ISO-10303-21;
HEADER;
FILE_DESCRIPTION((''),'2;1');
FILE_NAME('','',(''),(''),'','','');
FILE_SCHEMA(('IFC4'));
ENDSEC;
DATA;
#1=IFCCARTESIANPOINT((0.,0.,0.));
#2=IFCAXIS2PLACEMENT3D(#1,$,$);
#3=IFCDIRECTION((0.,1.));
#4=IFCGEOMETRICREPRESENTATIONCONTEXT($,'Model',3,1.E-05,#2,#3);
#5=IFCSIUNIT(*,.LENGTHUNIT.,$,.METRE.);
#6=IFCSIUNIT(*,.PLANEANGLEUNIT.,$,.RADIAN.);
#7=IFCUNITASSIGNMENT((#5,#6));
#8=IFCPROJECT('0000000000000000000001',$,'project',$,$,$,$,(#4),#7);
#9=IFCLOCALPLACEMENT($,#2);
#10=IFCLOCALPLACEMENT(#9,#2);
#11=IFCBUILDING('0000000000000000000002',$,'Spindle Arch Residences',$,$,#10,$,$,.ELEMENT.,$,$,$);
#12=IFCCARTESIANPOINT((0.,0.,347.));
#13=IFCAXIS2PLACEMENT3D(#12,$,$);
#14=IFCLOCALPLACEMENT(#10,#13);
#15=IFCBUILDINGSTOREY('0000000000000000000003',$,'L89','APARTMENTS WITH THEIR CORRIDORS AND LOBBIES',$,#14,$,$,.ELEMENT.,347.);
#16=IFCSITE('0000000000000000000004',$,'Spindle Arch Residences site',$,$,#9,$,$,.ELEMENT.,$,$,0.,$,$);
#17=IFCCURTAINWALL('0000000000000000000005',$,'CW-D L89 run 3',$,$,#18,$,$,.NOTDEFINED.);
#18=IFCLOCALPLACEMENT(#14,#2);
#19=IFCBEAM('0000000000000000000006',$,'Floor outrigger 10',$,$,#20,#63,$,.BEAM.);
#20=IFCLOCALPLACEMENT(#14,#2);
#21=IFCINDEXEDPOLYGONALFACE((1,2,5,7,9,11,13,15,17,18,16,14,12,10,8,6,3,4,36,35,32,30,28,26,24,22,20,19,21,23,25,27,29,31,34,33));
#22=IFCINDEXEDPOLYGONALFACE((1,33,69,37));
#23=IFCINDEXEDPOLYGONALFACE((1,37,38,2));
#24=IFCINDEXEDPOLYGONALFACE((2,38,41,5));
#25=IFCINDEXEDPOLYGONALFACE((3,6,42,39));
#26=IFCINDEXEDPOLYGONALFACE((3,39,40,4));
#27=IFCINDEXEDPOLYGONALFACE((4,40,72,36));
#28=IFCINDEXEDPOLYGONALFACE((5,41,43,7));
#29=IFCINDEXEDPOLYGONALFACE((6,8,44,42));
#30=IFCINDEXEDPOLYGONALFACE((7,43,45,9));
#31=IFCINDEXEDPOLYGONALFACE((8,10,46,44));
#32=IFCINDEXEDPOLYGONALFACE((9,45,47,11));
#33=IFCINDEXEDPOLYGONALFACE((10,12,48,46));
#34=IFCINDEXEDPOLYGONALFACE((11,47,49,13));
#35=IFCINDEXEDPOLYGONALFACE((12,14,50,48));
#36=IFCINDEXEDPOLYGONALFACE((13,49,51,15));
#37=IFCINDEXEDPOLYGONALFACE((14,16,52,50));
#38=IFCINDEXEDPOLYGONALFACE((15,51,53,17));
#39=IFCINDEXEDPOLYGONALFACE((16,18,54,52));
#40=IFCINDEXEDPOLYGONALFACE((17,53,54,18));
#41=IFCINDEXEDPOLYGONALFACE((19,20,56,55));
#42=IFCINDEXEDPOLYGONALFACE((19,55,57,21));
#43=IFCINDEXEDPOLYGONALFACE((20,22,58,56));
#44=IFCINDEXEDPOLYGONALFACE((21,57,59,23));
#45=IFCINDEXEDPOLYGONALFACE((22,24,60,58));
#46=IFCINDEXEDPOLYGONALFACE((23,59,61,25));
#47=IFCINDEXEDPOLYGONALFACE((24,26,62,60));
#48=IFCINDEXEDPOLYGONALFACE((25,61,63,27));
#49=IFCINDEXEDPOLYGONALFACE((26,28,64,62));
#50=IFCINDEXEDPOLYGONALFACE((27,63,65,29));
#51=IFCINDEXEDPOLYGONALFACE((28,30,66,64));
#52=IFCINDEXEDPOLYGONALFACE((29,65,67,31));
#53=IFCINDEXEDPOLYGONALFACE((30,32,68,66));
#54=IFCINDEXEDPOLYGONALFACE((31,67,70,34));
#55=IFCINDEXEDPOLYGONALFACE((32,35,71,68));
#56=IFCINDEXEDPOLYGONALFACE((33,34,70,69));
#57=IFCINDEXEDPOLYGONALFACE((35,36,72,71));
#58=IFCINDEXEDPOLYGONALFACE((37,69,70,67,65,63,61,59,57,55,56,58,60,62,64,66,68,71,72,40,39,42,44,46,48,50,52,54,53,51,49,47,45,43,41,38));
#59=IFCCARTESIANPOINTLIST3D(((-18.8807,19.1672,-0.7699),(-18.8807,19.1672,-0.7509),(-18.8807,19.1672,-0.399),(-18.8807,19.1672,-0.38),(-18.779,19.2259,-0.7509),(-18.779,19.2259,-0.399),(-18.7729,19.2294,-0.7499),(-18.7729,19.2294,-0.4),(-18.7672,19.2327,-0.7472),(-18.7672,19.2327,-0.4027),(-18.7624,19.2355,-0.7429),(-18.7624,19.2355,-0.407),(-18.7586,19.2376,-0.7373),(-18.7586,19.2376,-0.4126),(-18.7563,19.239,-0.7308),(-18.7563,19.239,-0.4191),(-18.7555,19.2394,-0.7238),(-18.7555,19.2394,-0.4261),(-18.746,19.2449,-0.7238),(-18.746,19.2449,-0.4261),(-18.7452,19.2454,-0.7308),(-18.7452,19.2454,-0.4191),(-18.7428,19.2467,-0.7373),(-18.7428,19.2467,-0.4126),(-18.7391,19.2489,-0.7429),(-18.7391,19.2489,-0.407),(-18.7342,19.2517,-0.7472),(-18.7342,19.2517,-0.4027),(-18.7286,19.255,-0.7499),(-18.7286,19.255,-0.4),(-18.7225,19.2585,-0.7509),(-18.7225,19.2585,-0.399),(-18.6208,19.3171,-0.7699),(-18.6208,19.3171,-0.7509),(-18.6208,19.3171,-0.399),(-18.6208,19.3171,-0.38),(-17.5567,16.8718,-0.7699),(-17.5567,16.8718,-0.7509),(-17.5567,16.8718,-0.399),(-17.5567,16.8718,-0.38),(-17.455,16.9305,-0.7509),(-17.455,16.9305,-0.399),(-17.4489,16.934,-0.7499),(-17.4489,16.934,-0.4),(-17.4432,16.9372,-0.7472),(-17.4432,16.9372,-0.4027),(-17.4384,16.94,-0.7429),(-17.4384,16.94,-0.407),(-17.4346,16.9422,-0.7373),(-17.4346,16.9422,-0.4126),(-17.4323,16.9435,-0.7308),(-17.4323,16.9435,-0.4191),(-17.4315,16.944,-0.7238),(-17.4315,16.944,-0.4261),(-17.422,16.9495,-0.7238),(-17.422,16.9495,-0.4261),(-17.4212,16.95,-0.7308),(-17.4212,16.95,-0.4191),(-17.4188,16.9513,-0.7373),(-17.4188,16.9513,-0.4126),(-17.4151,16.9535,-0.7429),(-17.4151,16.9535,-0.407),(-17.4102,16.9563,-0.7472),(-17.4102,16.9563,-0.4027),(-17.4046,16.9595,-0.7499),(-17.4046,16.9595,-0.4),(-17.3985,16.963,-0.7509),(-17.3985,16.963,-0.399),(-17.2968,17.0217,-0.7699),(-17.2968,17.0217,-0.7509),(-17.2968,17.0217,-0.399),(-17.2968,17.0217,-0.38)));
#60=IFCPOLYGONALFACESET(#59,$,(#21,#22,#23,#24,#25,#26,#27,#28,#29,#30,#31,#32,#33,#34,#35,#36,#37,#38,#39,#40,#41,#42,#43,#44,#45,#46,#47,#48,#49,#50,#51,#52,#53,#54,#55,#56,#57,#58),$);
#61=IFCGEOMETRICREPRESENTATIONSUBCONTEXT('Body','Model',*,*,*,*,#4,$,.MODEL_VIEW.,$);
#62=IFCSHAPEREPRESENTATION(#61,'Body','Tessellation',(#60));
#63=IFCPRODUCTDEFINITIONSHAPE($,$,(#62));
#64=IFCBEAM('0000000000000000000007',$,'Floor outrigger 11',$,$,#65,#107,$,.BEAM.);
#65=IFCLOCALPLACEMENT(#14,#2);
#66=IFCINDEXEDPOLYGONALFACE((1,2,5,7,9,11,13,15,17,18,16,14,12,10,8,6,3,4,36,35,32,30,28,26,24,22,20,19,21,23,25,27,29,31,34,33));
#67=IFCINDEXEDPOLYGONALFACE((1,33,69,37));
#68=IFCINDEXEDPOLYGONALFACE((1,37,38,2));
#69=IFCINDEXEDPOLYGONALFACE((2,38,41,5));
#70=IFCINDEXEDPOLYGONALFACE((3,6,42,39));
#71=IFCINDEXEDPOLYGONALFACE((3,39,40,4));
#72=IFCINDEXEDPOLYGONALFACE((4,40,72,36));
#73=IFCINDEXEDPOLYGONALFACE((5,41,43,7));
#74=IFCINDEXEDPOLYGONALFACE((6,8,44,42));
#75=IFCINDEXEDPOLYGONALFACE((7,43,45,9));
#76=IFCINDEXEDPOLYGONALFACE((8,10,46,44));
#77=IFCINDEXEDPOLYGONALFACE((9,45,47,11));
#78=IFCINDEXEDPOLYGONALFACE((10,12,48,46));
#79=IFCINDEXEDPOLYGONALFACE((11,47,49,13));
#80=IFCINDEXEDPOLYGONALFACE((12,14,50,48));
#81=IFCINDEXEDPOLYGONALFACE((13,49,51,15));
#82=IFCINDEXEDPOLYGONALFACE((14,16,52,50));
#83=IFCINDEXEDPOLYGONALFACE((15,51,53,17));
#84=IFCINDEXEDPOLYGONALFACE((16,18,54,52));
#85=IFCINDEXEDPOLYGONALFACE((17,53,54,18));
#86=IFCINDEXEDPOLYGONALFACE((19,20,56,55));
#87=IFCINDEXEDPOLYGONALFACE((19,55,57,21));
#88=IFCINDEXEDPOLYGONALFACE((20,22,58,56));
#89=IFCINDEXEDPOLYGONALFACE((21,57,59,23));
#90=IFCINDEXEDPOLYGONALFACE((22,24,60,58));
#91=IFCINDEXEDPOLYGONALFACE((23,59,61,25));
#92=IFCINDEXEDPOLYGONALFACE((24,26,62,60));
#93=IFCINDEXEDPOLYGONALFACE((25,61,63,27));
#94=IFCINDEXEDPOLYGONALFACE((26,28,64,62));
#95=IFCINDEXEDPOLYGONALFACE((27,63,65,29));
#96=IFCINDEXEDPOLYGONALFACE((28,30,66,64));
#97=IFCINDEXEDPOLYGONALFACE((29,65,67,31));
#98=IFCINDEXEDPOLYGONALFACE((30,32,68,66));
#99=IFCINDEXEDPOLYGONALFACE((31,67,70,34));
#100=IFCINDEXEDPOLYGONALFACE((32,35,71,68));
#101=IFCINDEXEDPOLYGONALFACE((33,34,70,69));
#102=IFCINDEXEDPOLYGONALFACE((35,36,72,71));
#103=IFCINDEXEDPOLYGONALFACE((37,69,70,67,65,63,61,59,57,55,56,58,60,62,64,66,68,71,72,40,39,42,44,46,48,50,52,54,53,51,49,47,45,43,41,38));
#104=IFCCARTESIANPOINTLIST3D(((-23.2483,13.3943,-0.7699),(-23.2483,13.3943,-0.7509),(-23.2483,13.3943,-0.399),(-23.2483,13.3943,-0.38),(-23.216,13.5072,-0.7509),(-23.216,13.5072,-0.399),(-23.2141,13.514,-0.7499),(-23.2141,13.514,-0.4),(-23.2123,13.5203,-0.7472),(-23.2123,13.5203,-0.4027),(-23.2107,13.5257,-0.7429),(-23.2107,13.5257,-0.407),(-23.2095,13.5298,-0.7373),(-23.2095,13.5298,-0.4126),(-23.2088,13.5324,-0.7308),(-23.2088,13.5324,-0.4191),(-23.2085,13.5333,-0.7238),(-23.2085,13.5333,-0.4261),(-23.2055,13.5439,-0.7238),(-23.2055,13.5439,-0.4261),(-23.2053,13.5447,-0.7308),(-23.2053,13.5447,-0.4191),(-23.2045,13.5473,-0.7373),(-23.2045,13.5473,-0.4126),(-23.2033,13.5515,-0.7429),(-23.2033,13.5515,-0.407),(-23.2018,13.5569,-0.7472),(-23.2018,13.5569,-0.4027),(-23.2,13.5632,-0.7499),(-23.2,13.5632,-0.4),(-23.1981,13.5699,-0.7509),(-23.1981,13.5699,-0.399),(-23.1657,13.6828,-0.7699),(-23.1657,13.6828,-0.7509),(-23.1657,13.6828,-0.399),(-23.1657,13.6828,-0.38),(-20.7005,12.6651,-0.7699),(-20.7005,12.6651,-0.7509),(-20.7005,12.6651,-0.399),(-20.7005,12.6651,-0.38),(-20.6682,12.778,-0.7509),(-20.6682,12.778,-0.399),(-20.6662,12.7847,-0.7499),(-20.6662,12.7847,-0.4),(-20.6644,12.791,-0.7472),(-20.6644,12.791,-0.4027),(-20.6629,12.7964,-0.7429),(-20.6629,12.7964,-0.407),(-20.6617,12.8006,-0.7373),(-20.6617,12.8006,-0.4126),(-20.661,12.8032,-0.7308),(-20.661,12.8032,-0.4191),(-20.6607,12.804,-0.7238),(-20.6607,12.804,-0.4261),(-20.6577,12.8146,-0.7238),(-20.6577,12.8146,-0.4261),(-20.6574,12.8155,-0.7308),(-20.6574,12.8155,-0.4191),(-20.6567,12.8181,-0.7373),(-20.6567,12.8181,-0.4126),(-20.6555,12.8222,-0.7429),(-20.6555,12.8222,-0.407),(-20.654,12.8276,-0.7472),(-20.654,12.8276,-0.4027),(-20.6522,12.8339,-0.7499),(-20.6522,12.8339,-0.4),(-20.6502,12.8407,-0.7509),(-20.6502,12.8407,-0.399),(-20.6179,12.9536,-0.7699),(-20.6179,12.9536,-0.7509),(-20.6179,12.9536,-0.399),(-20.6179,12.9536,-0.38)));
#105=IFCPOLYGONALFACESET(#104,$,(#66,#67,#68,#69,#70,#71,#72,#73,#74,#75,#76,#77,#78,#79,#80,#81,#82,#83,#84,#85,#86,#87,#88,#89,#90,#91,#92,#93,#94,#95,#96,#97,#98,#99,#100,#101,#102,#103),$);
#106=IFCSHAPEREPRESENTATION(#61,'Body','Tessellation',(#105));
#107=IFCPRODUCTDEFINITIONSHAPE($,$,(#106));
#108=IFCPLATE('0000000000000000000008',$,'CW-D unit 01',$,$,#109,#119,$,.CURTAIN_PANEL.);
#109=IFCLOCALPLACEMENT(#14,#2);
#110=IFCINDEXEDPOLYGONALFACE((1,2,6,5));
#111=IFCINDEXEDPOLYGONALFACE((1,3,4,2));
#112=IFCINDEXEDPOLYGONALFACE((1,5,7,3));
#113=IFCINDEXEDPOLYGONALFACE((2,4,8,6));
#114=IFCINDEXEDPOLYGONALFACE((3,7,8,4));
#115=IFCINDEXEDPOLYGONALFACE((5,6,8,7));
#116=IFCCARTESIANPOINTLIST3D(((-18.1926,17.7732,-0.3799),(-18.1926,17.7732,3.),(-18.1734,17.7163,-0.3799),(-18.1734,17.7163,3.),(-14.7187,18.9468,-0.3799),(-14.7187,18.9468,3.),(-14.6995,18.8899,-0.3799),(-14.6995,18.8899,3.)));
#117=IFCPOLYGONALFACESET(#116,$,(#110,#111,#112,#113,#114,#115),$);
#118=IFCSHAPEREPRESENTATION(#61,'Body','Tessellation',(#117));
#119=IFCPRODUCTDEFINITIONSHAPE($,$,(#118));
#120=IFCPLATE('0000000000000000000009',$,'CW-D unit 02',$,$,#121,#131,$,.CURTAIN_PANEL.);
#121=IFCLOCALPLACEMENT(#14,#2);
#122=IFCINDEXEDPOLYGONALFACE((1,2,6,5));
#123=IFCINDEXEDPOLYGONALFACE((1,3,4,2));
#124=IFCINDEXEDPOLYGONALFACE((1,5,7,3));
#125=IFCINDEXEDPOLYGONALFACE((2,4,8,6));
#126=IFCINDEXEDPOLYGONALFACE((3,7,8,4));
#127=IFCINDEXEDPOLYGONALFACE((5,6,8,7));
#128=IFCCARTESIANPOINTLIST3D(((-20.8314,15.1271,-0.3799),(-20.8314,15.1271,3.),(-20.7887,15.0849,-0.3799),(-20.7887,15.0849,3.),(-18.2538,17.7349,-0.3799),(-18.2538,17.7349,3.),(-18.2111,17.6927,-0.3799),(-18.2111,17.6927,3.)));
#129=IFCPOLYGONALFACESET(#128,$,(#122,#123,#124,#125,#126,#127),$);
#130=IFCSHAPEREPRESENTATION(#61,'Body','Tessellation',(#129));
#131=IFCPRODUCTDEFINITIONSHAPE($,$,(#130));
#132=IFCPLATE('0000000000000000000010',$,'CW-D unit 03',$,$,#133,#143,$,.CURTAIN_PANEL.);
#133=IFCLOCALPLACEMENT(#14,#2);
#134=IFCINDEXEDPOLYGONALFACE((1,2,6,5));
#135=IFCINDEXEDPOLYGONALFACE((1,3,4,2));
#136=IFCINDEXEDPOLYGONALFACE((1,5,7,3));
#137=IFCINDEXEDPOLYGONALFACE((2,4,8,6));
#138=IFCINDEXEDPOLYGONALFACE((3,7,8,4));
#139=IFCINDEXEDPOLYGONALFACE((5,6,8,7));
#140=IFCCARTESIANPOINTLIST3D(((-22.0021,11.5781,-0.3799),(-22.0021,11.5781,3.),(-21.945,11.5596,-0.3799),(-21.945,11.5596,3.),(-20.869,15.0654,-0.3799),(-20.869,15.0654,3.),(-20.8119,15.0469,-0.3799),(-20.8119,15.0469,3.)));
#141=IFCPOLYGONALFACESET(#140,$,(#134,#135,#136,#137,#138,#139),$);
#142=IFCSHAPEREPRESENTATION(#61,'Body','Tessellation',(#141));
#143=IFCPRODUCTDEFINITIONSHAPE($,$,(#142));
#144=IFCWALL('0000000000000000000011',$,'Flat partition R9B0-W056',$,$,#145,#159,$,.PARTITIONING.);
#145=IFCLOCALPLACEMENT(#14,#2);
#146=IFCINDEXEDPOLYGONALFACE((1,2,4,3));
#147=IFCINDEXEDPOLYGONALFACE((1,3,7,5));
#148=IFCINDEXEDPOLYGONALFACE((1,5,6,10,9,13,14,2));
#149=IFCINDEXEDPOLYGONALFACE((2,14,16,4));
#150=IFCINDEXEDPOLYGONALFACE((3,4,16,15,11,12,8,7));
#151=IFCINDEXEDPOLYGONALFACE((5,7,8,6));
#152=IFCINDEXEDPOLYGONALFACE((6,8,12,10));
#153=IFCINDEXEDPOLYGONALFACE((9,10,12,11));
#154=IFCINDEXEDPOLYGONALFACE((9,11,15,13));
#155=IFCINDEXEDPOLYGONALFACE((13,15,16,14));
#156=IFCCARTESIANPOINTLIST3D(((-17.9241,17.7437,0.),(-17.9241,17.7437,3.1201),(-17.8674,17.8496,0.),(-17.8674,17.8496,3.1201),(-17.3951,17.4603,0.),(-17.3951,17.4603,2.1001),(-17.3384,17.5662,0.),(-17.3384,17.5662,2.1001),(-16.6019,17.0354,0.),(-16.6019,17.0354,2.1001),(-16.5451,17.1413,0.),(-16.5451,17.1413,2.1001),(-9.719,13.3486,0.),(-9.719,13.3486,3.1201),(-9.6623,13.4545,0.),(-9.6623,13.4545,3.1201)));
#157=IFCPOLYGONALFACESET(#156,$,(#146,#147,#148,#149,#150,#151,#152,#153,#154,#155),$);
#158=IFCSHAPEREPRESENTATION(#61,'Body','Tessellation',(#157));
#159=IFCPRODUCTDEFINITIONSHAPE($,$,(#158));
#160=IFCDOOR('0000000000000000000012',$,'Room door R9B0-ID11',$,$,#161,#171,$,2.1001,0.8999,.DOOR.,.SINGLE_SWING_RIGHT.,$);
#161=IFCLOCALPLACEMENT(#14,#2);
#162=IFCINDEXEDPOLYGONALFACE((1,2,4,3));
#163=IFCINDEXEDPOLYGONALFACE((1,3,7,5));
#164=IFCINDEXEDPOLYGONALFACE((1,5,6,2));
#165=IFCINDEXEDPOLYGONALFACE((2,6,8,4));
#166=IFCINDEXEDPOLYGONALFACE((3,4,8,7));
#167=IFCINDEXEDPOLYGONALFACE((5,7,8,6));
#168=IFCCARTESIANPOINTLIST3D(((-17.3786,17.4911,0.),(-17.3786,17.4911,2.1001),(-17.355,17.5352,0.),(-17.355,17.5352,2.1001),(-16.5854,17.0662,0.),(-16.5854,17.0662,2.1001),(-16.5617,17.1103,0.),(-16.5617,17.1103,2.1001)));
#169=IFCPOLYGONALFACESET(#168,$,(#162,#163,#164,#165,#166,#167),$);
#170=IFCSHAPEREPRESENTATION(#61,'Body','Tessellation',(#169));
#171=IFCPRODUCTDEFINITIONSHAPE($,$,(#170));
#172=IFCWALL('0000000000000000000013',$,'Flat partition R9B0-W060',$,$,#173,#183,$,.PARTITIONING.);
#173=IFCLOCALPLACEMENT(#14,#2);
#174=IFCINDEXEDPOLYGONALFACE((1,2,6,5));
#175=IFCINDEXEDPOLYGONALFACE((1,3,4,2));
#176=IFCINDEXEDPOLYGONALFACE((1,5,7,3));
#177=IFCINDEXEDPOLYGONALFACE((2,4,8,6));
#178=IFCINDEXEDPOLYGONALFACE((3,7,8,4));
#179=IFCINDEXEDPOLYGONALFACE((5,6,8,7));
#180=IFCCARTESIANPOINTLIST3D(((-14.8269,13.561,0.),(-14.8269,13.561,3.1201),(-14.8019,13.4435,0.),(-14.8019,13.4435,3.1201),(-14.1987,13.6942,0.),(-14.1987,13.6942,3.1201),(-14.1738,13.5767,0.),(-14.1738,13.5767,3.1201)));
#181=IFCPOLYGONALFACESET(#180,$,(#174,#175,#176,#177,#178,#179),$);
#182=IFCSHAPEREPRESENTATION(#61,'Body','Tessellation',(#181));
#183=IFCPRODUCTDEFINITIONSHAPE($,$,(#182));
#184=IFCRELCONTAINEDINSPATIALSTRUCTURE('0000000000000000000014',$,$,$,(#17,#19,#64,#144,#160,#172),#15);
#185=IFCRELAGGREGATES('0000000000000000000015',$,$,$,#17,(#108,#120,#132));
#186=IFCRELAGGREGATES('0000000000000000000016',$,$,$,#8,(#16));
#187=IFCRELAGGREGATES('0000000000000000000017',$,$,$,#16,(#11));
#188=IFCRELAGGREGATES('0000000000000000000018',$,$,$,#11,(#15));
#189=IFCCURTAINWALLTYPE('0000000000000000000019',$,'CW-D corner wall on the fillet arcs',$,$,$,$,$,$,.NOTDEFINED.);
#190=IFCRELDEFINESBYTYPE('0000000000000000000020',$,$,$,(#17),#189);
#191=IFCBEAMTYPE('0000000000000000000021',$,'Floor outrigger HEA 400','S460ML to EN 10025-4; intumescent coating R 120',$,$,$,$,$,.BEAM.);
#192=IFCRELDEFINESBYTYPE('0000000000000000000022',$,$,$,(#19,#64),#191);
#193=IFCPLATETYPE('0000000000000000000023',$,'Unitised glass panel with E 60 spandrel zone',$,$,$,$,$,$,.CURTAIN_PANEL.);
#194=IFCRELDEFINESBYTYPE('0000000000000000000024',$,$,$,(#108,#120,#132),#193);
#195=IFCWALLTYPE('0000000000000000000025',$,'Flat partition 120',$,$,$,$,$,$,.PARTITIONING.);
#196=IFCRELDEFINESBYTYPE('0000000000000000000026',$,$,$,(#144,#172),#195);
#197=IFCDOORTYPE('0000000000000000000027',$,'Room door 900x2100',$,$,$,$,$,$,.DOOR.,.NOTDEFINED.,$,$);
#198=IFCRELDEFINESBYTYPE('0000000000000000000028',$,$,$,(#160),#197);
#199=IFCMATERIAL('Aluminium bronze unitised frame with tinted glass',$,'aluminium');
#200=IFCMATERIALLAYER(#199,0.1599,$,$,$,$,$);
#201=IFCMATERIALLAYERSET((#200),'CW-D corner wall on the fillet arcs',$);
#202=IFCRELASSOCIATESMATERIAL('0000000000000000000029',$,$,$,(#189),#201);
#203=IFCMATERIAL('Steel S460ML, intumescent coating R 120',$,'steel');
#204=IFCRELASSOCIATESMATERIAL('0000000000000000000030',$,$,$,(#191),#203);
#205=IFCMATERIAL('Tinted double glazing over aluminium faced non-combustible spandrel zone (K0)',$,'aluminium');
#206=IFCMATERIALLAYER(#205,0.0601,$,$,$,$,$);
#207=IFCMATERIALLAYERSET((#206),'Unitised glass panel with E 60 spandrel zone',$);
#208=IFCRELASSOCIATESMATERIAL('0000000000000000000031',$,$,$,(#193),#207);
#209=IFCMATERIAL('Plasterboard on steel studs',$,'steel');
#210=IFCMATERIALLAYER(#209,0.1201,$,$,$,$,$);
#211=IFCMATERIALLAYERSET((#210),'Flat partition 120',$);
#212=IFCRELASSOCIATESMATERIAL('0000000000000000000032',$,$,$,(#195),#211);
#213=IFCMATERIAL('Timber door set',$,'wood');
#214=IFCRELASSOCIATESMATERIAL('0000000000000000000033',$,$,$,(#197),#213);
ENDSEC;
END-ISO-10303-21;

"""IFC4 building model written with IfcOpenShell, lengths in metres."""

from ifc_helpers import new_model, si_unit, direction, frame, frame_2d, origin, origin_2d, place, context, subcontext, project, spatial, rectangle, i_section, extrude, material, layer, layer_set, material_profile, profile_set, type_object, element, fill, aggregate, save


model = new_model("IFC4")

# Units and contexts
model_context = context("Model", 3, precision=1e-05, world=origin(), true_north=direction((0.0, 1.0)))
body_context = subcontext(model_context, "Body", "Model", "MODEL_VIEW")
ifc_project = project(units=[si_unit("LENGTHUNIT", "METRE"), si_unit("PLANEANGLEUNIT", "RADIAN")], contexts=[model_context])

# Site, building, storey
site_placement = place(None, origin())
site = spatial("IfcSite", under=ifc_project, at=site_placement, Name="Spindle Arch Residences site", CompositionType="ELEMENT", RefElevation=0.0)
building_placement = place(site_placement, origin())
building = spatial("IfcBuilding", under=site, at=building_placement, Name="Spindle Arch Residences", CompositionType="ELEMENT")
storey_placement = place(building_placement, frame((0.0, 0.0, 347.0)))
storey = spatial("IfcBuildingStorey", under=building, at=storey_placement, Name="L89", Description="APARTMENTS WITH THEIR CORRIDORS AND LOBBIES", CompositionType="ELEMENT", Elevation=347.0)

# Curtain wall
ifc_material_1 = material(Name="Aluminium bronze unitised frame with tinted glass", Category="aluminium")
ifc_layer_1 = layer(ifc_material_1, 0.1599)
ifc_layer_set_1 = layer_set([ifc_layer_1], Name="CW-D corner wall on the fillet arcs")
curtain_wall_type = type_object("IfcCurtainWallType", Name="CW-D corner wall on the fillet arcs", PredefinedType="NOTDEFINED", material=ifc_layer_set_1)
curtain_wall_placement = place(storey_placement, origin())
curtain_wall = element("IfcCurtainWall", 1, at=curtain_wall_placement, inside=storey, type_object=curtain_wall_type, Name="CW-D L89 run 3", PredefinedType="NOTDEFINED")

# Beams
ifc_material_2 = material(Name="Steel S460ML, intumescent coating R 120", Category="steel")
ifc_material_profile_1 = material_profile(ifc_material_2, i_section(OverallWidth=0.3, OverallDepth=0.3899, WebThickness=0.011, FlangeThickness=0.019, FilletRadius=0.0271, at=origin_2d()), Name="HEA 400")
ifc_profile_set_1 = profile_set([ifc_material_profile_1], Name="Steel S460ML, intumescent coating R 120")
beam_type_1 = type_object("IfcBeamType", Name="Floor outrigger HEA 400", Description="S460ML to EN 10025-4; intumescent coating R 120", PredefinedType="BEAM", material=ifc_profile_set_1)
beam_1_placement = place(storey_placement, frame((-18.7507, 19.2422, -0.575), z_axis=(0.499637, -0.866235, 0.0), x_axis=(0.866235, 0.499637, 0.0)))
element("IfcBeam", 2, at=beam_1_placement, inside=storey, type_object=beam_type_1, Name="Floor outrigger 10", PredefinedType="BEAM", context=body_context, shape_type="SweptSolid", body=[
    extrude(i_section(OverallWidth=0.3, OverallDepth=0.3899, WebThickness=0.011, FlangeThickness=0.019, FilletRadius=0.0271, at=origin_2d()), origin(), (0.0, 0.0, 1.0), 2.6499),
])
beam_2_placement = place(storey_placement, frame((-23.207, 13.5386, -0.575), z_axis=(0.961395, -0.275171, 0.0), x_axis=(0.275171, 0.961395, 0.0)))
element("IfcBeam", 3, at=beam_2_placement, inside=storey, type_object=beam_type_1, Name="Floor outrigger 11", PredefinedType="BEAM", context=body_context, shape_type="SweptSolid", body=[
    extrude(i_section(OverallWidth=0.3, OverallDepth=0.3899, WebThickness=0.011, FlangeThickness=0.019, FilletRadius=0.0271, at=origin_2d()), origin(), (0.0, 0.0, 1.0), 2.6501),
])

# Plates
ifc_material_3 = material(Name="Tinted double glazing over aluminium faced non-combustible spandrel zone (K0)", Category="aluminium")
ifc_layer_2 = layer(ifc_material_3, 0.0601)
ifc_layer_set_2 = layer_set([ifc_layer_2], Name="Unitised glass panel with E 60 spandrel zone")
plate_type = type_object("IfcPlateType", Name="Unitised glass panel with E 60 spandrel zone", PredefinedType="CURTAIN_PANEL", material=ifc_layer_set_2)
plate_1_placement = place(storey_placement, frame((-16.446, 18.3315, -0.3799), z_axis=(0.0, 0.0, 1.0), x_axis=(-0.947397, -0.320062, 0.0)))
plate_1 = element("IfcPlate", 4, at=plate_1_placement, type_object=plate_type, Name="CW-D unit 01", PredefinedType="CURTAIN_PANEL", context=body_context, shape_type="SweptSolid", body=[
    extrude(rectangle(XDim=3.6667, YDim=0.0601, at=origin_2d()), origin(), (0.0, 0.0, 1.0), 3.3799),
])
plate_2_placement = place(storey_placement, frame((-19.5212, 16.4099, -0.3799), z_axis=(0.0, 0.0, 1.0), x_axis=(-0.702981, -0.711209, 0.0)))
plate_2 = element("IfcPlate", 5, at=plate_2_placement, type_object=plate_type, Name="CW-D unit 02", PredefinedType="CURTAIN_PANEL", context=body_context, shape_type="SweptSolid", body=[
    extrude(rectangle(XDim=3.6667, YDim=0.0601, at=origin_2d()), origin(), (0.0, 0.0, 1.0), 3.3799),
])
plate_3_placement = place(storey_placement, frame((-21.407, 13.3125, -0.3799), z_axis=(0.0, 0.0, 1.0), x_axis=(-0.309017, -0.951057, 0.0)))
plate_3 = element("IfcPlate", 6, at=plate_3_placement, type_object=plate_type, Name="CW-D unit 03", PredefinedType="CURTAIN_PANEL", context=body_context, shape_type="SweptSolid", body=[
    extrude(rectangle(XDim=3.6667, YDim=0.0601, at=origin_2d()), origin(), (0.0, 0.0, 1.0), 3.3799),
])
aggregate(curtain_wall, [plate_1, plate_2, plate_3])

# Wall, opening, door
ifc_material_4 = material(Name="Plasterboard on steel studs", Category="steel")
ifc_layer_3 = layer(ifc_material_4, 0.1201)
ifc_layer_set_3 = layer_set([ifc_layer_3], Name="Flat partition 120")
wall_type_1 = type_object("IfcWallType", Name="Flat partition 120", PredefinedType="PARTITIONING", material=ifc_layer_set_3)
wall_1_placement = place(storey_placement, frame((-17.8958, 17.7966, 0.0), z_axis=(0.0, 0.0, 1.0), x_axis=(0.881505, -0.472175, 0.0)))
wall_1 = element("IfcWall", 7, at=wall_1_placement, inside=storey, type_object=wall_type_1, Name="Flat partition R9B0-W056", PredefinedType="PARTITIONING", context=body_context, shape_type="SweptSolid", body=[
    extrude(rectangle(XDim=9.3081, YDim=0.1201, at=frame_2d((4.6541, 0.0))), origin(), (0.0, 0.0, 1.0), 3.1201),
])
opening_placement = place(wall_1_placement, frame((0.6001, 0.0, 0.0)))
opening = element("IfcOpeningElement", 8, at=opening_placement, cuts=wall_1, PredefinedType="OPENING", context=body_context, shape_type="SweptSolid", body=[
    extrude(rectangle(XDim=0.8999, YDim=2.1001, at=frame_2d((0.45, 1.05))), frame((0.0, 0.0701, 0.0), z_axis=(0.0, -1.0, 0.0), x_axis=(1.0, 0.0, 0.0)), (0.0, 0.0, 1.0), 0.1401),
])
ifc_material_5 = material(Name="Timber door set", Category="wood")
door_type = type_object("IfcDoorType", Name="Room door 900x2100", OperationType="NOTDEFINED", PredefinedType="DOOR", material=ifc_material_5)
door_placement = place(opening_placement, origin())
door = element("IfcDoor", 9, at=door_placement, inside=storey, type_object=door_type, Name="Room door R9B0-ID11", OperationType="SINGLE_SWING_RIGHT", OverallHeight=2.1001, OverallWidth=0.8999, PredefinedType="DOOR", context=body_context, shape_type="SweptSolid", body=[
    extrude(rectangle(XDim=0.8999, YDim=2.1001, at=frame_2d((0.45, 1.05))), frame((0.0, 0.0249, 0.0), z_axis=(0.0, -1.0, 0.0), x_axis=(1.0, 0.0, 0.0)), (0.0, 0.0, 1.0), 0.05),
])
fill(opening, door)

# Wall
wall_2_placement = place(storey_placement, frame((-14.1863, 13.6355, 0.0), z_axis=(0.0, 0.0, 1.0), x_axis=(-0.978218, -0.207581, 0.0)))
element("IfcWall", 10, at=wall_2_placement, inside=storey, type_object=wall_type_1, Name="Flat partition R9B0-W060", PredefinedType="PARTITIONING", context=body_context, shape_type="SweptSolid", body=[
    extrude(rectangle(XDim=0.6421, YDim=0.1201, at=frame_2d((0.321, 0.0))), origin(), (0.0, 0.0, 1.0), 3.1201),
])

save(model, "model.ifc")
